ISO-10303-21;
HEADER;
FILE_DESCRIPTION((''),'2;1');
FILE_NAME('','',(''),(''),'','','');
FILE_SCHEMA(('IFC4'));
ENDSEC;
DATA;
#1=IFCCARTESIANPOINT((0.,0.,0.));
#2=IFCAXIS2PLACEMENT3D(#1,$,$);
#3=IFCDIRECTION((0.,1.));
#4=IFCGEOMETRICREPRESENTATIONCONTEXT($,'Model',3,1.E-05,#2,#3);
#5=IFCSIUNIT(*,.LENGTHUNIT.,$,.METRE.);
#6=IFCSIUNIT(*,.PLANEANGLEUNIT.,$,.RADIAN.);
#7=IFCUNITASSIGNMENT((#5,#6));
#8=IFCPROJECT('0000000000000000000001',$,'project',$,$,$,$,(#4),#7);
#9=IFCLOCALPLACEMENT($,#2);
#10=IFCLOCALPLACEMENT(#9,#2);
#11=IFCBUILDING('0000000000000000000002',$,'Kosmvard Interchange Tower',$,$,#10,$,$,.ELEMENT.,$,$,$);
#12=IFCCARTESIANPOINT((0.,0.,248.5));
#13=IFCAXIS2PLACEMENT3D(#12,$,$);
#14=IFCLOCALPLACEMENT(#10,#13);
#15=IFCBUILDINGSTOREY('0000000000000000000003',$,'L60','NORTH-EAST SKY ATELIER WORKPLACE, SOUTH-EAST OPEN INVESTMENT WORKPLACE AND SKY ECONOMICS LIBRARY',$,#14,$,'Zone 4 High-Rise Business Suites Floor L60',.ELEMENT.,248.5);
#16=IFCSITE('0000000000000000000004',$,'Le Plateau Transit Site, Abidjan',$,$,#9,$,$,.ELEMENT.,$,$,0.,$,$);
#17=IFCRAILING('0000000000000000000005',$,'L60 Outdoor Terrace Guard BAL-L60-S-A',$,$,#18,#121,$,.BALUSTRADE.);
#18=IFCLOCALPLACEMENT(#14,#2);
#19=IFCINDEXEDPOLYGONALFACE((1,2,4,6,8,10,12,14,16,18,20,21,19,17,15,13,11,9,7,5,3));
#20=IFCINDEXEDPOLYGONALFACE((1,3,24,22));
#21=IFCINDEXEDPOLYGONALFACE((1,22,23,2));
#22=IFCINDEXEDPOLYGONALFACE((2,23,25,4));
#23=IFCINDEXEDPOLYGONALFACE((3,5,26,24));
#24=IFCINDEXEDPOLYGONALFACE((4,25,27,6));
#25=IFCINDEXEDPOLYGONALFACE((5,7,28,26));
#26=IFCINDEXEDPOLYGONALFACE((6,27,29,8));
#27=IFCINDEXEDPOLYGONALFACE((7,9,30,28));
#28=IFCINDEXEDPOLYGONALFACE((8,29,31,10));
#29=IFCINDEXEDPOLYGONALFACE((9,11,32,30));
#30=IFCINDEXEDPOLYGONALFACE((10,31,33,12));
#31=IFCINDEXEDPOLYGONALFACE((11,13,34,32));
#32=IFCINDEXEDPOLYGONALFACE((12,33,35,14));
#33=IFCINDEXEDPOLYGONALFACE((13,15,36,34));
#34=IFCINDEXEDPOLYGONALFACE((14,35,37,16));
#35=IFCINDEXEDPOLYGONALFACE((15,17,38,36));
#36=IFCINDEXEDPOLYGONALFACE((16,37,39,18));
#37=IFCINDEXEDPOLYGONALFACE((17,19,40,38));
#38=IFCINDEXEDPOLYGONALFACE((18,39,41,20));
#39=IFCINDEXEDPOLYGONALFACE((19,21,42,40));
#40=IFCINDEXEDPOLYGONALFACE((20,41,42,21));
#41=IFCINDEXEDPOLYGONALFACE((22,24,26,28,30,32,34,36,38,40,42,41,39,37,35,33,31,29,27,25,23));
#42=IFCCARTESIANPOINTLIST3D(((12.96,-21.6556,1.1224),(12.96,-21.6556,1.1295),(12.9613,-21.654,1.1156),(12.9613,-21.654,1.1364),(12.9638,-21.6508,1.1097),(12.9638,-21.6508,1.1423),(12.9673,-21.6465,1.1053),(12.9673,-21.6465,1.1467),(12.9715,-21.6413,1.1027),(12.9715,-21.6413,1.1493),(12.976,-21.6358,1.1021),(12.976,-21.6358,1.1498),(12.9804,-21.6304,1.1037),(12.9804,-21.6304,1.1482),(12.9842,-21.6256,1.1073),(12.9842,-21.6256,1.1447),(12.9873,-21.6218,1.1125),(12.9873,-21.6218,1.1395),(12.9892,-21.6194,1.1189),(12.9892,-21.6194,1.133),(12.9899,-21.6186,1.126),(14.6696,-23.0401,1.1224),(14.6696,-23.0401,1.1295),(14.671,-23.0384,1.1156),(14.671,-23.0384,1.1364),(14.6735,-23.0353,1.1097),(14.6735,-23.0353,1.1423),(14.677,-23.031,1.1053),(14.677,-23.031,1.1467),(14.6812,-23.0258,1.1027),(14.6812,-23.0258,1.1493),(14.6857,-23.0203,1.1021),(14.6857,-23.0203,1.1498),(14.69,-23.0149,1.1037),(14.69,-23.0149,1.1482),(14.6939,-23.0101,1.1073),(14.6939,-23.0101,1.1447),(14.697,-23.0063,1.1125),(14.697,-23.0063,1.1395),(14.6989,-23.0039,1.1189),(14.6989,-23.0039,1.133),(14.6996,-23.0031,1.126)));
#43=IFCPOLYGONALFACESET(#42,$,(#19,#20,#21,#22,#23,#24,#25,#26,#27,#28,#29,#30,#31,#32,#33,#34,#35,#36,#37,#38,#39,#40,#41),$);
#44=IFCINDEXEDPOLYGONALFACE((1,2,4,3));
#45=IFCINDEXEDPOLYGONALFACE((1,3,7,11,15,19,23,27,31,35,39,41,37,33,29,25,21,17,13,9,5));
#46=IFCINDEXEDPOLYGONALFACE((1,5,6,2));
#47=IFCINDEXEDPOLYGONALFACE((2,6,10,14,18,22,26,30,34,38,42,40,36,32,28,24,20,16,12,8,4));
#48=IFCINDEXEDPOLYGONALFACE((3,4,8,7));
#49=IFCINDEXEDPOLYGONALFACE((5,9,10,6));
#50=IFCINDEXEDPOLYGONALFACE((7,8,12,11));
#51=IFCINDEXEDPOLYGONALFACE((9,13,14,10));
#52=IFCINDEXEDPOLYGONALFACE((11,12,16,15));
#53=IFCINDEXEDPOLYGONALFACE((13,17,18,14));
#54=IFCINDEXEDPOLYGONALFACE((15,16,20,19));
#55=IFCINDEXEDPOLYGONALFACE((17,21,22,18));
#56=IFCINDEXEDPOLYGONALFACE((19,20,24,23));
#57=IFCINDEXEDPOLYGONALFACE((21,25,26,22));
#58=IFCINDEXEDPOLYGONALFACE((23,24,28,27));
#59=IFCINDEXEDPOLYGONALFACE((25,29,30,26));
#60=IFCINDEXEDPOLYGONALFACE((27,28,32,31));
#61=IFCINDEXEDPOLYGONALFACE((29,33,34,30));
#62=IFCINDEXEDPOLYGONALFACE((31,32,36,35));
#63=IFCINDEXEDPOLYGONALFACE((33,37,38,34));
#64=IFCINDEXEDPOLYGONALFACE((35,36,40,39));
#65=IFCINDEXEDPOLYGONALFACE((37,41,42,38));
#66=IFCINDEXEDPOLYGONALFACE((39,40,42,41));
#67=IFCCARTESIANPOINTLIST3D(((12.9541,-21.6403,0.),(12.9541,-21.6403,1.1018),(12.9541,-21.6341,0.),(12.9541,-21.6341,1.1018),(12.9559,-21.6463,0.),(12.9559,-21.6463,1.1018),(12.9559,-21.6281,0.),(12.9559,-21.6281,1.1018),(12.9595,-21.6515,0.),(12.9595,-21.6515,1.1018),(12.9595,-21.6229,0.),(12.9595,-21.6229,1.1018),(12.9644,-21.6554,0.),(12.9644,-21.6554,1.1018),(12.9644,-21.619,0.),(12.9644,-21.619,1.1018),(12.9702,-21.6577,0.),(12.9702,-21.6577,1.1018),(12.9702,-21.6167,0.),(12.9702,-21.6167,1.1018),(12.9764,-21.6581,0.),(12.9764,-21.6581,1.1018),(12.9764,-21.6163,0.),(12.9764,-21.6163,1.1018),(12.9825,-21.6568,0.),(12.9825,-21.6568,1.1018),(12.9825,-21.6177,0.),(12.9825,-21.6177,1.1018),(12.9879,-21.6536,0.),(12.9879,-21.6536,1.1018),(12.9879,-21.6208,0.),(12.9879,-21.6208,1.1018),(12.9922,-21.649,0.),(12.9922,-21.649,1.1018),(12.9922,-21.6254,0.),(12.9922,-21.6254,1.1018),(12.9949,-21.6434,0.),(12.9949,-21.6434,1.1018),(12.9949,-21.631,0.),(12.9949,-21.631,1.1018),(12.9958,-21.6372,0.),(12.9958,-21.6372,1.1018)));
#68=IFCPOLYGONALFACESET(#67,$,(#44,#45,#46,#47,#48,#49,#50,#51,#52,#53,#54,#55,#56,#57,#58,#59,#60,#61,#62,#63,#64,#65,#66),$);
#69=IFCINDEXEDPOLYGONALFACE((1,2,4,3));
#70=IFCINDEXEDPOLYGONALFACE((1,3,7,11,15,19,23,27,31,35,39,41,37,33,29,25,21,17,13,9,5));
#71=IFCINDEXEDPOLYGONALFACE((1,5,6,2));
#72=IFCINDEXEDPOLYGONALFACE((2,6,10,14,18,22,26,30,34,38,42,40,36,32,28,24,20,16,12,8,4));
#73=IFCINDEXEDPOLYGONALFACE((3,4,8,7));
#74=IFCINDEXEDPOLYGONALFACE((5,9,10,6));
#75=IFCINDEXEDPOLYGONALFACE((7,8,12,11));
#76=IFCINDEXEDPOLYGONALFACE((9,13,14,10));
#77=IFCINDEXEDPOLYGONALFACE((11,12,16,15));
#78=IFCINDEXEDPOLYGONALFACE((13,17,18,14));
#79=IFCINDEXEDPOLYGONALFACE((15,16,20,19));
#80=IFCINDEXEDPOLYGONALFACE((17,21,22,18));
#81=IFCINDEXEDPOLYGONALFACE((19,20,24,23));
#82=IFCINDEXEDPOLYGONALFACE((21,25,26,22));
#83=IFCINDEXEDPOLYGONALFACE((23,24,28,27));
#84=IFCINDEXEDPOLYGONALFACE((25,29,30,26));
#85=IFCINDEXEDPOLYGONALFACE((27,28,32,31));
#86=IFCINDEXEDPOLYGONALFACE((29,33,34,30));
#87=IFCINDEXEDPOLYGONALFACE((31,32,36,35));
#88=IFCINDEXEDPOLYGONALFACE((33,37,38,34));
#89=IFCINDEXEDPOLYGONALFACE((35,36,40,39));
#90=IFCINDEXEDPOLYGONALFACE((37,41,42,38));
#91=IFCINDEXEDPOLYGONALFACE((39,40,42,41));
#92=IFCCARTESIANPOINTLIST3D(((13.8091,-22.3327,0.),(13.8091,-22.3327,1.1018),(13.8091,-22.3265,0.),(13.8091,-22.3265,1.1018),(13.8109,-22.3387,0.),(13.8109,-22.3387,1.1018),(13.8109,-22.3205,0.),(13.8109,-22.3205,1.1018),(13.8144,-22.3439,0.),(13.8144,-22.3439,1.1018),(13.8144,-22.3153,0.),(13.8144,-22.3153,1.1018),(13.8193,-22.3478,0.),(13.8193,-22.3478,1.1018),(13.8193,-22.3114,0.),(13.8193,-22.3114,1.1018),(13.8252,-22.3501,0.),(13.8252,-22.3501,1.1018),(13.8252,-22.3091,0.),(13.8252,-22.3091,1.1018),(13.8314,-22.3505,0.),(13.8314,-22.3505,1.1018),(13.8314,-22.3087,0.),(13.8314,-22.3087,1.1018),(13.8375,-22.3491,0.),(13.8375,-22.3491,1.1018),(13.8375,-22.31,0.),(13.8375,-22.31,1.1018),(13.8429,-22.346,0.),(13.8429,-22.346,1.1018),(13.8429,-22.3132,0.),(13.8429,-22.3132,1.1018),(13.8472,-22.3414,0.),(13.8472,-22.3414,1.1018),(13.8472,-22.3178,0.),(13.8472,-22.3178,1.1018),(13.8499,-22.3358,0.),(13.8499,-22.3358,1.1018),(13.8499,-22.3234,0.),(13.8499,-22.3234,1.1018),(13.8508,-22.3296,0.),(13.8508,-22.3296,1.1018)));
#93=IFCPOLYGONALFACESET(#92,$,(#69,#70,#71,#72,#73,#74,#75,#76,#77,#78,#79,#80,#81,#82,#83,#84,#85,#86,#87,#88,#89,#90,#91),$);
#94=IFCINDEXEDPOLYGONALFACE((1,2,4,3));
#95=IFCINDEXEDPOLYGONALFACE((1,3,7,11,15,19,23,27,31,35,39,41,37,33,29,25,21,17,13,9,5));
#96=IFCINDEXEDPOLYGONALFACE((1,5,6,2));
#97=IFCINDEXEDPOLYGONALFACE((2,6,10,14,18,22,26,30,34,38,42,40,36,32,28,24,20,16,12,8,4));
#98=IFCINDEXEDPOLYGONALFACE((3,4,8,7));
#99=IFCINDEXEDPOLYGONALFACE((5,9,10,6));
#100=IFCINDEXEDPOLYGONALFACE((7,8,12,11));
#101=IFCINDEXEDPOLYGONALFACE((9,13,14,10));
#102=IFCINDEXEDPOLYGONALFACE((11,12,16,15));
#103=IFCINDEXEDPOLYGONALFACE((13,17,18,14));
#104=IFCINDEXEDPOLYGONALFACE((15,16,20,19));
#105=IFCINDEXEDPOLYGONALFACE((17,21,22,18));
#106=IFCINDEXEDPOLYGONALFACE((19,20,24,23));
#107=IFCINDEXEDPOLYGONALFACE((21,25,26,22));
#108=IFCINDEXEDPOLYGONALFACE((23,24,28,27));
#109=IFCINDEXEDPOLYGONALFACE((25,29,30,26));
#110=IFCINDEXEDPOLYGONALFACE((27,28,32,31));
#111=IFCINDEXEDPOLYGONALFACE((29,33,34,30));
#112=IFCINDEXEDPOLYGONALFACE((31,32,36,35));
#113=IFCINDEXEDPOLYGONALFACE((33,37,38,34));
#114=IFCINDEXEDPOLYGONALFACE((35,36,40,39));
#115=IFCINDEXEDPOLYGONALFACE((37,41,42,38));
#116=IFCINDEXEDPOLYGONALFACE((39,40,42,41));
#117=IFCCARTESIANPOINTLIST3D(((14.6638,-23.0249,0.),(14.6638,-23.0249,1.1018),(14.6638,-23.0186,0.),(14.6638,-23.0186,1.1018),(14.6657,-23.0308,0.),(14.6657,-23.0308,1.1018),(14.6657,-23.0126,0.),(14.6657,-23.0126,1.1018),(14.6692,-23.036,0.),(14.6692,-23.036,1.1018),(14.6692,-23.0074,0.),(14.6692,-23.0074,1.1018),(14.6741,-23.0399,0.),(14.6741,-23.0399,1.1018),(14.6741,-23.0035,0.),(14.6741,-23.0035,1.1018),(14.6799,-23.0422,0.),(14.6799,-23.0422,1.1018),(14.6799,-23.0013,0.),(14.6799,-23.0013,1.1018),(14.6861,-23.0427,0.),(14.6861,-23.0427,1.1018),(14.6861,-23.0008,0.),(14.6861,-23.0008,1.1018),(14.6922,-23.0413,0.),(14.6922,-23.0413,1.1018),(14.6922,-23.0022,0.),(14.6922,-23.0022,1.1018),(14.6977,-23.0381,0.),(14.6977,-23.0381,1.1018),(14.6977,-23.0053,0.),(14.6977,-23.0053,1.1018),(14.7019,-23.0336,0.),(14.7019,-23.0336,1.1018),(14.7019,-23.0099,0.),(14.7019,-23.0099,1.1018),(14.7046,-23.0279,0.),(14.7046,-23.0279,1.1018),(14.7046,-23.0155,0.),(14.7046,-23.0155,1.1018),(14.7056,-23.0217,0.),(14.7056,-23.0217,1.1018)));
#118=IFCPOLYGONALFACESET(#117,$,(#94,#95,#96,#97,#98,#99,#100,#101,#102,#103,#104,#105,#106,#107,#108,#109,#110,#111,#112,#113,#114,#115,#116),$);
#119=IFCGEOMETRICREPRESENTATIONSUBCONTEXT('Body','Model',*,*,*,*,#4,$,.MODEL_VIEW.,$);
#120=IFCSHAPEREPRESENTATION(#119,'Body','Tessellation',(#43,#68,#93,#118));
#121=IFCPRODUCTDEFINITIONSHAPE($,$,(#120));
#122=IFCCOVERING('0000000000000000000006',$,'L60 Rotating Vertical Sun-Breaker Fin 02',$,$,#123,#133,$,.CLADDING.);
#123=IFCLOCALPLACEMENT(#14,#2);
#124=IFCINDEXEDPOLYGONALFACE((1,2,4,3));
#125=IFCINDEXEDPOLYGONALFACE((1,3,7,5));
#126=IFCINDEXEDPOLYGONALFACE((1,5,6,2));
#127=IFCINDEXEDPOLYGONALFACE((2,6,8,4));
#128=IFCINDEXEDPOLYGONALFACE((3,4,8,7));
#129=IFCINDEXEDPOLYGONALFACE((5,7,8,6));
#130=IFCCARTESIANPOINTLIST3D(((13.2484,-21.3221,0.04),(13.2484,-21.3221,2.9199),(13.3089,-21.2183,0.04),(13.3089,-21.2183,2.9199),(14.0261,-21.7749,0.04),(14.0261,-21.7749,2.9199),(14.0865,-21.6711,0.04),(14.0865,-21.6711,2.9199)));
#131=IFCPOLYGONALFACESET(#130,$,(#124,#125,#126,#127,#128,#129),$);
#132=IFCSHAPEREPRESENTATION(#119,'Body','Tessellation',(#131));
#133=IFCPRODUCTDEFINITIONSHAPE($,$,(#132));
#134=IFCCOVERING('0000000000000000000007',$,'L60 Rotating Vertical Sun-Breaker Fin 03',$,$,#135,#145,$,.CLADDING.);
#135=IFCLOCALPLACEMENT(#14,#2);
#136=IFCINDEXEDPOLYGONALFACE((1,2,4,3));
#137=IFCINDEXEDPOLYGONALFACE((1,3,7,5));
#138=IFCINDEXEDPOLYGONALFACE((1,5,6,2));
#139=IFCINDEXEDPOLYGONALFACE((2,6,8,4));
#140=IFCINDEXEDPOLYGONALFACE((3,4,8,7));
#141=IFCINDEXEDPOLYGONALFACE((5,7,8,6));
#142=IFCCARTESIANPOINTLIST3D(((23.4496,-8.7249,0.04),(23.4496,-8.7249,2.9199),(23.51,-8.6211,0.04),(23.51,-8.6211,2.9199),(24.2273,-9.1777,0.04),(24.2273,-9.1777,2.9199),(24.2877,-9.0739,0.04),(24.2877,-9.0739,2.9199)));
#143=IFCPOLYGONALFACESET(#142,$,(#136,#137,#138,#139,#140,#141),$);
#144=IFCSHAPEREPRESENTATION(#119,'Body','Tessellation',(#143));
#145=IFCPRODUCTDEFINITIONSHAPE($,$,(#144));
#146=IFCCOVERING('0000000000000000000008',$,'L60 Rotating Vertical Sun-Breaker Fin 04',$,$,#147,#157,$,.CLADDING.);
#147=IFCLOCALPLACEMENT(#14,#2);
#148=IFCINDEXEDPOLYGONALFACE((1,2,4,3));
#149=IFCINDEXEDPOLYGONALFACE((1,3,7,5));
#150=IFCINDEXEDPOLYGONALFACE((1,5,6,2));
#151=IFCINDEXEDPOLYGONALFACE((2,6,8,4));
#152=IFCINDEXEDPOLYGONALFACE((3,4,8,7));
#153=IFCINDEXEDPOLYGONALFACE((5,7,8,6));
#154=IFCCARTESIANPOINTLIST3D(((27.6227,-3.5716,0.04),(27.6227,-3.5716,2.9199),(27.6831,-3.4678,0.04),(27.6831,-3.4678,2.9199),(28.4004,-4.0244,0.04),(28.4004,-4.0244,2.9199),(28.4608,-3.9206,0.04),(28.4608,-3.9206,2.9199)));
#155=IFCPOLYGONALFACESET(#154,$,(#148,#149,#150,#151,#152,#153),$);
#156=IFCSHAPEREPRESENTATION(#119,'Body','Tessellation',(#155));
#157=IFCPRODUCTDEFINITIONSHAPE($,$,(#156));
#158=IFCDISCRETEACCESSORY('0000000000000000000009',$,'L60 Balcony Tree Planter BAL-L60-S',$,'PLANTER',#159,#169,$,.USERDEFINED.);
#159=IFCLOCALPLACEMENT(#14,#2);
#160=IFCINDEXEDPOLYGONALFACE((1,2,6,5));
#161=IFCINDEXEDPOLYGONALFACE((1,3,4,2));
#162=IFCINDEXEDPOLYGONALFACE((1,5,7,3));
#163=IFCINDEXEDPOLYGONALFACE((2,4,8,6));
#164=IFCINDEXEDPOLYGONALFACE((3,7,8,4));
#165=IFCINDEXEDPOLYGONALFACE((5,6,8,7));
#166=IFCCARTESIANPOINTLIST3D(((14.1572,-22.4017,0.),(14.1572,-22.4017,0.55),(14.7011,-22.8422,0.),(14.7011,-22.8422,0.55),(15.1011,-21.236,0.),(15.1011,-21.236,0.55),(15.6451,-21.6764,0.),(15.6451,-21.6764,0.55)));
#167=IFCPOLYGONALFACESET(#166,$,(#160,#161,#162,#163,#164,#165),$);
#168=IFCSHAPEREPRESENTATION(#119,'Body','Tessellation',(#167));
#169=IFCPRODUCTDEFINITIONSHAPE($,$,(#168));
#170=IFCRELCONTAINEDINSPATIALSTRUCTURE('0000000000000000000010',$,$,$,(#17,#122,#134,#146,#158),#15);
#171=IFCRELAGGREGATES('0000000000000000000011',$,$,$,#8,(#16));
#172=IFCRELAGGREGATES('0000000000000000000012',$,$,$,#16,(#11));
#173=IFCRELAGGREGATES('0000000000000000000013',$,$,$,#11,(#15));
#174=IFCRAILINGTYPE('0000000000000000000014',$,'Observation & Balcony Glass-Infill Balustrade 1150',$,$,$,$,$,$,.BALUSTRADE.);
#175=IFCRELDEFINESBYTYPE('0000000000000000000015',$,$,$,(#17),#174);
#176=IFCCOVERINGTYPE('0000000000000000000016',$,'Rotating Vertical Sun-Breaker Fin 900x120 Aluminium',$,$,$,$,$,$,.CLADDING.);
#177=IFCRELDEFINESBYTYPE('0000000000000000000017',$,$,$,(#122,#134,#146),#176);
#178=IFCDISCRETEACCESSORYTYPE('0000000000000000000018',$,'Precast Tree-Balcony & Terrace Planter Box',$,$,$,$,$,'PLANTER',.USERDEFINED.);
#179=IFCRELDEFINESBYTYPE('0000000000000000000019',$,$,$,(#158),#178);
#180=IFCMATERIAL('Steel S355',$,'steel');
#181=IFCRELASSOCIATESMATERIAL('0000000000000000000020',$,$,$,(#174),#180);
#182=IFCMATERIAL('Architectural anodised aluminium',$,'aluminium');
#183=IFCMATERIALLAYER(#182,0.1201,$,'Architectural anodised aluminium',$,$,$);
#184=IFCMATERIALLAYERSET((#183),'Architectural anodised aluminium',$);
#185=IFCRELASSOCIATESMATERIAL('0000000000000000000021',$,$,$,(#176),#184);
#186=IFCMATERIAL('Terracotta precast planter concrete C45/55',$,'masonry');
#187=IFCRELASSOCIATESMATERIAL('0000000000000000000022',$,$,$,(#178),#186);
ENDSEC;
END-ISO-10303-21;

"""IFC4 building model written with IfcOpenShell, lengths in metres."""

from ifc_helpers import new_model, si_unit, direction, frame, origin, origin_2d, place, context, subcontext, project, spatial, rectangle, circle, extrude, source, transform, mapped, material, layer, layer_set, type_object, element, save


model = new_model("IFC4")

# Units and contexts
model_context = context("Model", 3, precision=1e-05, world=origin(), true_north=direction((0.0, 1.0)))
body_context = subcontext(model_context, "Body", "Model", "MODEL_VIEW")
ifc_project = project(units=[si_unit("LENGTHUNIT", "METRE"), si_unit("PLANEANGLEUNIT", "RADIAN")], contexts=[model_context])

# Site, building, storey
site_placement = place(None, origin())
site = spatial("IfcSite", under=ifc_project, at=site_placement, Name="Le Plateau Transit Site, Abidjan", CompositionType="ELEMENT", RefElevation=0.0)
building_placement = place(site_placement, origin())
building = spatial("IfcBuilding", under=site, at=building_placement, Name="Kosmvard Interchange Tower", CompositionType="ELEMENT")
storey_placement = place(building_placement, frame((0.0, 0.0, 248.5)))
storey = spatial("IfcBuildingStorey", under=building, at=storey_placement, Name="L60", Description="NORTH-EAST SKY ATELIER WORKPLACE, SOUTH-EAST OPEN INVESTMENT WORKPLACE AND SKY ECONOMICS LIBRARY", LongName="Zone 4 High-Rise Business Suites Floor L60", CompositionType="ELEMENT", Elevation=248.5)

# Shared definitions
ifc_material_1 = material(Name="Steel S355", Category="steel")

# Railing
railing_type = type_object("IfcRailingType", Name="Observation & Balcony Glass-Infill Balustrade 1150", PredefinedType="BALUSTRADE", material=ifc_material_1)
shared_shape_1 = source(origin(), body_context, "Body", "SweptSolid", [
    extrude(circle(Radius=0.0239, at=origin_2d()), frame((0.0, 0.0, 1.126), z_axis=(0.777141, -0.629326, 0.0), x_axis=(0.629326, 0.777141, 0.0)), (0.0, 0.0, 1.0), 2.2),
    extrude(circle(Radius=0.021, at=origin_2d()), origin(), (0.0, 0.0, 1.0), 1.1018),
    extrude(circle(Radius=0.021, at=origin_2d()), frame((0.855, -0.6924, 0.0)), (0.0, 0.0, 1.0), 1.1018),
    extrude(circle(Radius=0.021, at=origin_2d()), frame((1.7097, -1.3845, 0.0)), (0.0, 0.0, 1.0), 1.1018),
])
railing_1_placement = place(storey_placement, frame((12.9749, -21.6372, 0.0)))
element("IfcRailing", 1, at=railing_1_placement, inside=storey, type_object=railing_type, Name="L60 Outdoor Terrace Guard BAL-L60-S-A", PredefinedType="BALUSTRADE", context=body_context, shape_type="MappedRepresentation", body=[
    mapped(shared_shape_1, transform((0.0, 0.0, 0.0), scale=1.0)),
])

# Coverings
ifc_material_2 = material(Name="Architectural anodised aluminium", Category="aluminium")
ifc_layer_1 = layer(ifc_material_2, 0.1201, Name="Architectural anodised aluminium")
ifc_layer_set_1 = layer_set([ifc_layer_1], Name="Architectural anodised aluminium")
covering_type = type_object("IfcCoveringType", Name="Rotating Vertical Sun-Breaker Fin 900x120 Aluminium", PredefinedType="CLADDING", material=ifc_layer_set_1)
shared_shape_2 = source(origin(), body_context, "Body", "SweptSolid", [
    extrude(rectangle(XDim=0.8999, YDim=0.1201, at=origin_2d()), origin(), (0.0, 0.0, 1.0), 2.8799),
])
for number, where, z_axis, x_axis, name in (
    (2, (13.6675, -21.4966, 0.04), (0.0, 0.0, 1.0), (0.864187, -0.503171, 0.0), "L60 Rotating Vertical Sun-Breaker Fin 02"),
    (3, (23.8687, -8.8994, 0.04), (0.0, 0.0, 1.0), (0.864187, -0.503171, 0.0), "L60 Rotating Vertical Sun-Breaker Fin 03"),
    (4, (28.0417, -3.7461, 0.04), (0.0, 0.0, 1.0), (0.864187, -0.503171, 0.0), "L60 Rotating Vertical Sun-Breaker Fin 04"),
):
    element("IfcCovering", number, at=place(storey_placement, frame(where, z_axis=z_axis, x_axis=x_axis)), inside=storey, type_object=covering_type, Name=name, PredefinedType="CLADDING", context=body_context, shape_type="MappedRepresentation", body=[
        mapped(shared_shape_2, transform((0.0, 0.0, 0.0), scale=1.0)),
    ])

# Discrete accessory
ifc_material_3 = material(Name="Terracotta precast planter concrete C45/55", Category="masonry")
discrete_accessory_type = type_object("IfcDiscreteAccessoryType", Name="Precast Tree-Balcony & Terrace Planter Box", ElementType="PLANTER", PredefinedType="USERDEFINED", material=ifc_material_3)
shared_shape_3 = source(origin(), body_context, "Body", "SweptSolid", [
    extrude(rectangle(XDim=1.5, YDim=0.7, at=origin_2d()), origin(), (0.0, 0.0, 1.0), 0.55),
])
discrete_accessory_placement = place(storey_placement, frame((14.9011, -22.0391, 0.0), z_axis=(0.0, 0.0, 1.0), x_axis=(0.62932, 0.777146, 0.0)))
element("IfcDiscreteAccessory", 5, at=discrete_accessory_placement, inside=storey, type_object=discrete_accessory_type, Name="L60 Balcony Tree Planter BAL-L60-S", ObjectType="PLANTER", PredefinedType="USERDEFINED", context=body_context, shape_type="MappedRepresentation", body=[
    mapped(shared_shape_3, transform((0.0, 0.0, 0.0), scale=1.0)),
])

save(model, "model.ifc")
